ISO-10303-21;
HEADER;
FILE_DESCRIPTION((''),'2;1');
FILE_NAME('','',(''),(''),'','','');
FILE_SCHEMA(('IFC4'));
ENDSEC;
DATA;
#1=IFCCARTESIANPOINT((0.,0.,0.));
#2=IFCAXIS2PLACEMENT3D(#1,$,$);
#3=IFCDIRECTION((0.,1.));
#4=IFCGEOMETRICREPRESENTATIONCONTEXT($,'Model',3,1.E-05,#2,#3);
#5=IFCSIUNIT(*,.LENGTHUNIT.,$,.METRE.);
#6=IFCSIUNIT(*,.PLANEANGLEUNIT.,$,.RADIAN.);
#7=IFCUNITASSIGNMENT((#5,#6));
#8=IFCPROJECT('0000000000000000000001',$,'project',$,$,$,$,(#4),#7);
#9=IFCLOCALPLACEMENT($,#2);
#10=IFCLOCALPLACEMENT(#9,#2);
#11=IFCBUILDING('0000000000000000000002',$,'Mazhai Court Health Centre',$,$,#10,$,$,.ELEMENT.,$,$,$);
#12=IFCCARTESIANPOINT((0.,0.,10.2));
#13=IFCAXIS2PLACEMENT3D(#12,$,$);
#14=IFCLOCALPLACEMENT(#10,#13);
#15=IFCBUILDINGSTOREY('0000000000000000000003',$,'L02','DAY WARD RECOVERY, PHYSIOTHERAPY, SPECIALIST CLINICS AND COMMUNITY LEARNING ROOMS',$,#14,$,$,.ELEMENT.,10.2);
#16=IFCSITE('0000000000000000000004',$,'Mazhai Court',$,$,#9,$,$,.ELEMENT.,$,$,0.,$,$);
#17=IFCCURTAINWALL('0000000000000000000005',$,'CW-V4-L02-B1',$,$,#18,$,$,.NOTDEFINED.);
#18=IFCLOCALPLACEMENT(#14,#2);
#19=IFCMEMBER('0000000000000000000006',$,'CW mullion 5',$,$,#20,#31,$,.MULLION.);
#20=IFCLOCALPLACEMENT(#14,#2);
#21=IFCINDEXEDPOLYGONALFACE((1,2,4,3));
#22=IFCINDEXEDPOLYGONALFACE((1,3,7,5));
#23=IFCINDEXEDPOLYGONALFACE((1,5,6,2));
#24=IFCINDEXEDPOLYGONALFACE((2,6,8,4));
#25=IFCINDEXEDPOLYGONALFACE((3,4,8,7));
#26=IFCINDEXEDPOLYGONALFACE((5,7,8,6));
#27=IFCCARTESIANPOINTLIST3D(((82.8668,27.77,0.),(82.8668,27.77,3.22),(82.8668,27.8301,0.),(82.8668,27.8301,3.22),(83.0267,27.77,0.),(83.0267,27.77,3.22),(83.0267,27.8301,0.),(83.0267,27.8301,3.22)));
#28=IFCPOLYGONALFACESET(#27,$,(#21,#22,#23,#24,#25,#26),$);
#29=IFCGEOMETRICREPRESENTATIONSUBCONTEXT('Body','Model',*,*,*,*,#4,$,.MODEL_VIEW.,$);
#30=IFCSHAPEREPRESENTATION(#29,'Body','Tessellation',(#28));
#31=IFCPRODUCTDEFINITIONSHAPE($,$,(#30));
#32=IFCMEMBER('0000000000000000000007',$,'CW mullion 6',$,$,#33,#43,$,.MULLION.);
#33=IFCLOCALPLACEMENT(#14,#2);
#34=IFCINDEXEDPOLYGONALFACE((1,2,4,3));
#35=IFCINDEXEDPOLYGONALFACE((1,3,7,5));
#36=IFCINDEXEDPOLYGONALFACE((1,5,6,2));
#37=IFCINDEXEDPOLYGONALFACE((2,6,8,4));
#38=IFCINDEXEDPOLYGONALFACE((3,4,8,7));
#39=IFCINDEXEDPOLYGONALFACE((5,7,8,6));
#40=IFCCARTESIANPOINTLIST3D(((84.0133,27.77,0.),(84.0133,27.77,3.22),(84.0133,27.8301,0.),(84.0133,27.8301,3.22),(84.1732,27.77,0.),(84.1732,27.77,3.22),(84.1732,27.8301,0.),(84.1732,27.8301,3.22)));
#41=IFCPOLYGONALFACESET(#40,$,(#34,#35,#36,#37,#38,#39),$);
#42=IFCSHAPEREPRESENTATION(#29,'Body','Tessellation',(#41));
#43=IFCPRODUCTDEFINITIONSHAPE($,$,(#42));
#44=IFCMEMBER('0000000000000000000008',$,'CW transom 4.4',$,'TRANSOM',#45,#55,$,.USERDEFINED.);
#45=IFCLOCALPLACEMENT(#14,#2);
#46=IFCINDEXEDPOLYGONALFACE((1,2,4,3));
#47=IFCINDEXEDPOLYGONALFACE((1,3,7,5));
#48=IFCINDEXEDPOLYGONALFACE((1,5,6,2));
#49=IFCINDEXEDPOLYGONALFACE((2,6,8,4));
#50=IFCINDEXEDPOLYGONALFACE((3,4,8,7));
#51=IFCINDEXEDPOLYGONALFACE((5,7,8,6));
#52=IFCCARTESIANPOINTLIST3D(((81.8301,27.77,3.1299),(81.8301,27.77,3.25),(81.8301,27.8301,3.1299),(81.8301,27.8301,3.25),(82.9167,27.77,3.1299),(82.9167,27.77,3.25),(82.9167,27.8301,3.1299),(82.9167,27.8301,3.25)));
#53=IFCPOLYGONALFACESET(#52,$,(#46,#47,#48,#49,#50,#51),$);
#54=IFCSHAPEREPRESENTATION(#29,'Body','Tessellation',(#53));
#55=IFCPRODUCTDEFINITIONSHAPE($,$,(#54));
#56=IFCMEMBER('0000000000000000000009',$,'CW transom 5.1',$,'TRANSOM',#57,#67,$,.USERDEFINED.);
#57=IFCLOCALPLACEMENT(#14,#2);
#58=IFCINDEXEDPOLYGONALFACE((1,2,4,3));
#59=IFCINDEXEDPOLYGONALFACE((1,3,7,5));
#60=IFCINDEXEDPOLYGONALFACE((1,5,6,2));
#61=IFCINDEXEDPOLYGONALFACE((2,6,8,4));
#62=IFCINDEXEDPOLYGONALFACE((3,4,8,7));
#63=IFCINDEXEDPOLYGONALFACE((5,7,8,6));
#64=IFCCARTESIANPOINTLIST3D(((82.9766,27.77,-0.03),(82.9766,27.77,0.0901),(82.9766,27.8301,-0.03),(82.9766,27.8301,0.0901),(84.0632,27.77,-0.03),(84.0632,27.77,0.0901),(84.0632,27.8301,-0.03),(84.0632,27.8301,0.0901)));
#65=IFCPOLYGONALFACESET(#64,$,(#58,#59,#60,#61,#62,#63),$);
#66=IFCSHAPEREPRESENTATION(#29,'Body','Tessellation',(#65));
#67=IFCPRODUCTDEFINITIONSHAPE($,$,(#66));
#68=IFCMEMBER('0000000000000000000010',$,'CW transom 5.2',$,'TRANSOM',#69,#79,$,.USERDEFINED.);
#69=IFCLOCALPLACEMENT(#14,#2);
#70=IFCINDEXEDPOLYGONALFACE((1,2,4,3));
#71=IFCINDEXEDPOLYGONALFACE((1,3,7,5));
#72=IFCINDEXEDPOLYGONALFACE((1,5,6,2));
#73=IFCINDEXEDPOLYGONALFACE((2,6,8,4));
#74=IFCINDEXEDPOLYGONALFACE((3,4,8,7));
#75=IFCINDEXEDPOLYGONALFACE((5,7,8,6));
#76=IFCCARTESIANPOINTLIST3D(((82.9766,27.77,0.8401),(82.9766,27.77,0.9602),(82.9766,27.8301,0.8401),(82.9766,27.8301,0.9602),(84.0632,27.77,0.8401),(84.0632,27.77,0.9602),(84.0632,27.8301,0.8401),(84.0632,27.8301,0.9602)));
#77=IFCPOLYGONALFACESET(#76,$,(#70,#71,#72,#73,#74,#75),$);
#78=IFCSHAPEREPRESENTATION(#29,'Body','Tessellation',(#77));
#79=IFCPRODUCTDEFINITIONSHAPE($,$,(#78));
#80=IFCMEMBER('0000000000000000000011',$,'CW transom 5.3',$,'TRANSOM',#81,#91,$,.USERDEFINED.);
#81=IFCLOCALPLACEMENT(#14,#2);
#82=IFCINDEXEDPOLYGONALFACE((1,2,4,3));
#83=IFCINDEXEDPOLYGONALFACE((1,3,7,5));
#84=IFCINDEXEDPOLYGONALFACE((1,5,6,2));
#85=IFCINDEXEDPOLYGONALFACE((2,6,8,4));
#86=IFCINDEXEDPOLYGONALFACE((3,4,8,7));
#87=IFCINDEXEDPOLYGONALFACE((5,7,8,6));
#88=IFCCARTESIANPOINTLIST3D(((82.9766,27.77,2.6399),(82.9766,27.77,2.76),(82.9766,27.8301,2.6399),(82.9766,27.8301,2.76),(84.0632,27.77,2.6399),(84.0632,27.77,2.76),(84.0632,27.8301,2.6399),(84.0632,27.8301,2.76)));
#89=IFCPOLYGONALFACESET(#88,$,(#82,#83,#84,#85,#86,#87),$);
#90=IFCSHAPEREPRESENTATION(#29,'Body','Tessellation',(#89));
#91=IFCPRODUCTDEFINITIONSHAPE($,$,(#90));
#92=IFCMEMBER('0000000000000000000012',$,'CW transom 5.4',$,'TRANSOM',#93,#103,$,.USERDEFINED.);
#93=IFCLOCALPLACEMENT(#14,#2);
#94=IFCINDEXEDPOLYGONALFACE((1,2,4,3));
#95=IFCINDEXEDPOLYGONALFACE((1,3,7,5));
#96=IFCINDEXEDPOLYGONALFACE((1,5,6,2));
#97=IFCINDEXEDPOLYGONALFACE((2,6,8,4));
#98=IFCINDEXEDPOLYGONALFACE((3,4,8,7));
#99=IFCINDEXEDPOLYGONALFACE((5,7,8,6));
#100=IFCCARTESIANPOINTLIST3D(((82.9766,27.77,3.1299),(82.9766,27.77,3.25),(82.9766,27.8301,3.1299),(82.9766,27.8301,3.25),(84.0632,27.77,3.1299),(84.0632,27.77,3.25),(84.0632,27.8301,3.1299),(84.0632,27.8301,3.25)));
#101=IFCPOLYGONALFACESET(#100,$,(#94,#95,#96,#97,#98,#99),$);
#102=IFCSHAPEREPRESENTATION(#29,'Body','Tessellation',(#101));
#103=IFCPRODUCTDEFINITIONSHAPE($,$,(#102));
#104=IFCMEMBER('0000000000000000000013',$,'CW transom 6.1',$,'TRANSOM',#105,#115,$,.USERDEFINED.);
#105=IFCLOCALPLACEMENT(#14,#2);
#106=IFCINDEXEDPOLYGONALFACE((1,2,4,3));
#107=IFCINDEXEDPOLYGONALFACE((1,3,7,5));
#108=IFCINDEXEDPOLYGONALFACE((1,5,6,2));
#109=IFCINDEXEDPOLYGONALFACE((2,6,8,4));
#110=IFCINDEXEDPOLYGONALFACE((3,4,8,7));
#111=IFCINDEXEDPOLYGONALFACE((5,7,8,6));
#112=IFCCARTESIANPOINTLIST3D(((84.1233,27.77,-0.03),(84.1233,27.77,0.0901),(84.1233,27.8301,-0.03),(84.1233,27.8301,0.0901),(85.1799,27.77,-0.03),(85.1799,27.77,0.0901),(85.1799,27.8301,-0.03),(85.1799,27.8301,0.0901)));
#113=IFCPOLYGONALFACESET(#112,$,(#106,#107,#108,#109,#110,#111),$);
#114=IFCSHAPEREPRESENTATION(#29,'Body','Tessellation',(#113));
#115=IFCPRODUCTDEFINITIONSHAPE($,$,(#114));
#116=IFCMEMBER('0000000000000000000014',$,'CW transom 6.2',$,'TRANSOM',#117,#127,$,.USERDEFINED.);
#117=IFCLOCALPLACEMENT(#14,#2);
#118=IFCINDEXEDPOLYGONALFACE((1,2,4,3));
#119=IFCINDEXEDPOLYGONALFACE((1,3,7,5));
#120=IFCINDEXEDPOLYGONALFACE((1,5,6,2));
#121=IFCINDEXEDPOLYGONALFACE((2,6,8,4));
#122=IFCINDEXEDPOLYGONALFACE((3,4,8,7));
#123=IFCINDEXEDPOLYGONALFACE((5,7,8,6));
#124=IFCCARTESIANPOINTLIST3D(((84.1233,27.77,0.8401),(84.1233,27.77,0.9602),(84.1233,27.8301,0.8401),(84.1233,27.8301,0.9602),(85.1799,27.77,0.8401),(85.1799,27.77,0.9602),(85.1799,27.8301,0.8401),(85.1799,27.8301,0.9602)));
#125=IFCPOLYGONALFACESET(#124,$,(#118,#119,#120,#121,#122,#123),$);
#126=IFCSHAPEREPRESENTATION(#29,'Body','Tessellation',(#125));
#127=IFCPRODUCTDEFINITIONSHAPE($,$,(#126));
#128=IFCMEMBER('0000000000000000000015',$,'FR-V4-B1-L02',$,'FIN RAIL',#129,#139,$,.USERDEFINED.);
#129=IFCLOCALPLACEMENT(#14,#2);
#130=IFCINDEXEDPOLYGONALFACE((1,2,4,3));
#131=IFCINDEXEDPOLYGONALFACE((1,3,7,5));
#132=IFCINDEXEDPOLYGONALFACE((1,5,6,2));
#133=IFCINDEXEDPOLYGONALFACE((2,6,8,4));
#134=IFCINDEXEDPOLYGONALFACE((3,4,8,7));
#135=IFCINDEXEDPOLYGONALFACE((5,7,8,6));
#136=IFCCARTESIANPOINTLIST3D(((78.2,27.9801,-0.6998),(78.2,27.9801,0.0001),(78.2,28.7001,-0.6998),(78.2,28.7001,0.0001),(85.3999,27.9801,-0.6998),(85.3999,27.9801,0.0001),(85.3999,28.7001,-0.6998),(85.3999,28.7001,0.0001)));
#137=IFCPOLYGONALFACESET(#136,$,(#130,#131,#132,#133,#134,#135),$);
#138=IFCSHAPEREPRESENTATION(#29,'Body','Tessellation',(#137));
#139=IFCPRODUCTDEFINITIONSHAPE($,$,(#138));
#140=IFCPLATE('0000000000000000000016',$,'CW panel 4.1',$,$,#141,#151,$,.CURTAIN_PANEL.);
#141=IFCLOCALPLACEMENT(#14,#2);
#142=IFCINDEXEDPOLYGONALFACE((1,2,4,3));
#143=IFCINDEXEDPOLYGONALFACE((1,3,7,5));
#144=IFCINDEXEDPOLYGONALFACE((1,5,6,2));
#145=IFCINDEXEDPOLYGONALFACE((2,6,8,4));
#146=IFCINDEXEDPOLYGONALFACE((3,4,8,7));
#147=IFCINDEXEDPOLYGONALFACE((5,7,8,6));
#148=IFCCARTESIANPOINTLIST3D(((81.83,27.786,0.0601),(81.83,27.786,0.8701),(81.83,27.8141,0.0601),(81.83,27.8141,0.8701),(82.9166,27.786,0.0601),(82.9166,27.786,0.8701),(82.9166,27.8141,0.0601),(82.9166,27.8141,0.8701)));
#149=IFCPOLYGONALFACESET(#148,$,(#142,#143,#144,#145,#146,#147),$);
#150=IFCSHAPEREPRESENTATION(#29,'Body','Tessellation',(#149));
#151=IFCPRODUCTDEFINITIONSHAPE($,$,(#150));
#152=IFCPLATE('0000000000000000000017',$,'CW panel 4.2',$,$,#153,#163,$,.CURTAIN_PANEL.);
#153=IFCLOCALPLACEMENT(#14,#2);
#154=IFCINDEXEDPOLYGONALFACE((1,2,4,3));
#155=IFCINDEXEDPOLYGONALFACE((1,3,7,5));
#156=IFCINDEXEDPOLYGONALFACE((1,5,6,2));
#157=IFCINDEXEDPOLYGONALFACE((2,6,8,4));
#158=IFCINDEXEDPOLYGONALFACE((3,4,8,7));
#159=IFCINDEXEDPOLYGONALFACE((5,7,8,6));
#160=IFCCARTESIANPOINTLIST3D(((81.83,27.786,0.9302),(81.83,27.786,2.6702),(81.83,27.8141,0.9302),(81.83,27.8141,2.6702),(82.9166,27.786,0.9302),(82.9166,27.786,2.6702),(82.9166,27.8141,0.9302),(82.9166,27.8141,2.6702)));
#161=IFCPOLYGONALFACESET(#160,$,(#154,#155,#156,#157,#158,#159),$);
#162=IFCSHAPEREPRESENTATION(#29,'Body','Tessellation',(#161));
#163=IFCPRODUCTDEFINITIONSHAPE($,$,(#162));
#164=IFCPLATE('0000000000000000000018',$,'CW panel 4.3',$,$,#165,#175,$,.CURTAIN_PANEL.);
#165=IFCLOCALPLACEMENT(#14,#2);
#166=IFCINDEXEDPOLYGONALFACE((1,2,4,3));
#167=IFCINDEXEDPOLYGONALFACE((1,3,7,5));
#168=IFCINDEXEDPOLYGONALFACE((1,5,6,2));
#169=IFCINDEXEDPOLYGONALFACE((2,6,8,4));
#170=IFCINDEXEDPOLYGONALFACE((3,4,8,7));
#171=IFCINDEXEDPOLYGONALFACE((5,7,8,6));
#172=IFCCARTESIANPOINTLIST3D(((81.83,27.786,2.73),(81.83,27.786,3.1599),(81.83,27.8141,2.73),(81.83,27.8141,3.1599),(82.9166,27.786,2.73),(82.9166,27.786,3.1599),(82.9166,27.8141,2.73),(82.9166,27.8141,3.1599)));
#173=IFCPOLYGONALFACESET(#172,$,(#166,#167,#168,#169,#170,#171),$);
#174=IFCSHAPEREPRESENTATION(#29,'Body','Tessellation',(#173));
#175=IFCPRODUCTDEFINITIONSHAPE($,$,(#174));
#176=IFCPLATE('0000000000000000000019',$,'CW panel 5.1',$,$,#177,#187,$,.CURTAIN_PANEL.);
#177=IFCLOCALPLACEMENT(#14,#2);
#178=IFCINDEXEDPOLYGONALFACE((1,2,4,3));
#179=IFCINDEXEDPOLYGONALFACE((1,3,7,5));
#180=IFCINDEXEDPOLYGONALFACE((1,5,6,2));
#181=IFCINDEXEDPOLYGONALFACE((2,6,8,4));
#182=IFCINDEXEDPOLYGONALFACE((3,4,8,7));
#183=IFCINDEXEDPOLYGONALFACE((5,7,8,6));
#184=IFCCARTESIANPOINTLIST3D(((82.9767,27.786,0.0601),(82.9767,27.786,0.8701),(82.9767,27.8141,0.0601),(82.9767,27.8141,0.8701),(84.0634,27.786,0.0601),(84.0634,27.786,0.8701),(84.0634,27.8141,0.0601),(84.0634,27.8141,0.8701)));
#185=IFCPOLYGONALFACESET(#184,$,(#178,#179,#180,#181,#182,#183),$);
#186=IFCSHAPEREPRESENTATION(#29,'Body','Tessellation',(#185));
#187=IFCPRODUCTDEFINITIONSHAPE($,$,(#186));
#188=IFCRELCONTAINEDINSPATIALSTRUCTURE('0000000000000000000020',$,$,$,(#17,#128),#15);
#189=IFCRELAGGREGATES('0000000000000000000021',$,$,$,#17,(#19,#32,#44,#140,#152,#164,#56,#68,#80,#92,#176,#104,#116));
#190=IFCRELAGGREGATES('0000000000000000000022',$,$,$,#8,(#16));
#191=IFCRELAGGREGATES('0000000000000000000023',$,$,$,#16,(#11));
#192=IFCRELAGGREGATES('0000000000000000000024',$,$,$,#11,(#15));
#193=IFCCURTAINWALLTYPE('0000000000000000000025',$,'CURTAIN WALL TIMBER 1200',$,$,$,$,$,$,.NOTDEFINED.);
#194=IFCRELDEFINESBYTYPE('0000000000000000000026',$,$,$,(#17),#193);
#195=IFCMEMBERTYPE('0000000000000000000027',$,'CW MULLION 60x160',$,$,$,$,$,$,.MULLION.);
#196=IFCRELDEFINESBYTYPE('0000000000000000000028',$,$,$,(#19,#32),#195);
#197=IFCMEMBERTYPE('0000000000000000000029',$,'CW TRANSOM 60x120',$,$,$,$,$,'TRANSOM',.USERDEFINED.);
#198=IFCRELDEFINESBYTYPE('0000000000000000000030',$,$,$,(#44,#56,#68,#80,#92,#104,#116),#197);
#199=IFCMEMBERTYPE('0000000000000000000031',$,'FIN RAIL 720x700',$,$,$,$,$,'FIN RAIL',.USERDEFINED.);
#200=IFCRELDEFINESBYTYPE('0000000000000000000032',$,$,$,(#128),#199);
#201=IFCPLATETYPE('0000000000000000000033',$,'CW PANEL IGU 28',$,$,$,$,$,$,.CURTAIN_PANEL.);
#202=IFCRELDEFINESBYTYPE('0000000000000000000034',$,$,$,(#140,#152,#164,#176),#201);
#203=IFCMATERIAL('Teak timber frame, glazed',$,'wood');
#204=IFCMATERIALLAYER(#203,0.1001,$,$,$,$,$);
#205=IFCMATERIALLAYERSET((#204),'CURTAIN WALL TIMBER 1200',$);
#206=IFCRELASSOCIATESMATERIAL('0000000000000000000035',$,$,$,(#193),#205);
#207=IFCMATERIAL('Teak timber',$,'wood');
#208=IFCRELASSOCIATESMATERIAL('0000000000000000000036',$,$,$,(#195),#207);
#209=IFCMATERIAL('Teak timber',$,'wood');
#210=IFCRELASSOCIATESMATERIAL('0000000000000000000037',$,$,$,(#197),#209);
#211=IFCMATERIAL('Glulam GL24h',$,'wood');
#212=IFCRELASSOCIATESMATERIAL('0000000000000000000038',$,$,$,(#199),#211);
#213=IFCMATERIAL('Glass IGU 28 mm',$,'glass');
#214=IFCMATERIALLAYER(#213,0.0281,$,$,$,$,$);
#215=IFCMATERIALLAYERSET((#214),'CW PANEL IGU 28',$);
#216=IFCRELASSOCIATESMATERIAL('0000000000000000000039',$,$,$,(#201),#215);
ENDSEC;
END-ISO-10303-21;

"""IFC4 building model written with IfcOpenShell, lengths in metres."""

from ifc_helpers import new_model, si_unit, direction, frame, origin, origin_2d, place, context, subcontext, project, spatial, rectangle, extrude, material, layer, layer_set, material_profile, profile_set, type_object, element, aggregate, save


model = new_model("IFC4")

# Units and contexts
model_context = context("Model", 3, precision=1e-05, world=origin(), true_north=direction((0.0, 1.0)))
body_context = subcontext(model_context, "Body", "Model", "MODEL_VIEW")
ifc_project = project(units=[si_unit("LENGTHUNIT", "METRE"), si_unit("PLANEANGLEUNIT", "RADIAN")], contexts=[model_context])

# Site, building, storey
site_placement = place(None, origin())
site = spatial("IfcSite", under=ifc_project, at=site_placement, Name="Mazhai Court", CompositionType="ELEMENT", RefElevation=0.0)
building_placement = place(site_placement, origin())
building = spatial("IfcBuilding", under=site, at=building_placement, Name="Mazhai Court Health Centre", CompositionType="ELEMENT")
storey_placement = place(building_placement, frame((0.0, 0.0, 10.2)))
storey = spatial("IfcBuildingStorey", under=building, at=storey_placement, Name="L02", Description="DAY WARD RECOVERY, PHYSIOTHERAPY, SPECIALIST CLINICS AND COMMUNITY LEARNING ROOMS", CompositionType="ELEMENT", Elevation=10.2)

# Curtain wall, members
ifc_material_1 = material(Name="Teak timber frame, glazed", Category="wood")
ifc_layer_1 = layer(ifc_material_1, 0.1001)
ifc_layer_set_1 = layer_set([ifc_layer_1], Name="CURTAIN WALL TIMBER 1200")
curtain_wall_type = type_object("IfcCurtainWallType", Name="CURTAIN WALL TIMBER 1200", PredefinedType="NOTDEFINED", material=ifc_layer_set_1)
curtain_wall_placement = place(storey_placement, origin())
curtain_wall = element("IfcCurtainWall", 1, at=curtain_wall_placement, inside=storey, type_object=curtain_wall_type, Name="CW-V4-L02-B1", PredefinedType="NOTDEFINED")
ifc_material_2 = material(Name="Teak timber", Category="wood")
ifc_material_profile_1 = material_profile(ifc_material_2, rectangle(XDim=0.0601, YDim=0.1599, at=origin_2d()), Name="CW MULLION 60x160")
ifc_profile_set_1 = profile_set([ifc_material_profile_1], Name="Teak timber")
member_type_1 = type_object("IfcMemberType", Name="CW MULLION 60x160", PredefinedType="MULLION", material=ifc_profile_set_1)
member_1_placement = place(storey_placement, frame((82.9468, 27.8, 0.0), z_axis=(0.0, 0.0, 1.0), x_axis=(0.0, 1.0, 0.0)))
member_1 = element("IfcMember", 2, at=member_1_placement, type_object=member_type_1, Name="CW mullion 5", PredefinedType="MULLION", context=body_context, shape_type="SweptSolid", body=[
    extrude(rectangle(XDim=0.0601, YDim=0.1599, at=origin_2d()), origin(), (0.0, 0.0, 1.0), 3.22),
])
member_2_placement = place(storey_placement, frame((84.0933, 27.8, 0.0), z_axis=(0.0, 0.0, 1.0), x_axis=(0.0, 1.0, 0.0)))
member_2 = element("IfcMember", 3, at=member_2_placement, type_object=member_type_1, Name="CW mullion 6", PredefinedType="MULLION", context=body_context, shape_type="SweptSolid", body=[
    extrude(rectangle(XDim=0.0601, YDim=0.1599, at=origin_2d()), origin(), (0.0, 0.0, 1.0), 3.22),
])
ifc_material_3 = material(Name="Teak timber", Category="wood")
ifc_material_profile_2 = material_profile(ifc_material_3, rectangle(XDim=0.0601, YDim=0.1201, at=origin_2d()), Name="CW TRANSOM 60x120")
ifc_profile_set_2 = profile_set([ifc_material_profile_2], Name="Teak timber")
member_type_2 = type_object("IfcMemberType", Name="CW TRANSOM 60x120", ElementType="TRANSOM", PredefinedType="USERDEFINED", material=ifc_profile_set_2)
member_3_placement = place(storey_placement, frame((81.8301, 27.8, 3.1899), z_axis=(1.0, 0.0, 0.0), x_axis=(0.0, 1.0, 0.0)))
member_3 = element("IfcMember", 4, at=member_3_placement, type_object=member_type_2, Name="CW transom 4.4", ObjectType="TRANSOM", PredefinedType="USERDEFINED", context=body_context, shape_type="SweptSolid", body=[
    extrude(rectangle(XDim=0.0601, YDim=0.1201, at=origin_2d()), origin(), (0.0, 0.0, 1.0), 1.0867),
])
member_4_placement = place(storey_placement, frame((82.9766, 27.8, 0.03), z_axis=(1.0, 0.0, 0.0), x_axis=(0.0, 1.0, 0.0)))
member_4 = element("IfcMember", 5, at=member_4_placement, type_object=member_type_2, Name="CW transom 5.1", ObjectType="TRANSOM", PredefinedType="USERDEFINED", context=body_context, shape_type="SweptSolid", body=[
    extrude(rectangle(XDim=0.0601, YDim=0.1201, at=origin_2d()), origin(), (0.0, 0.0, 1.0), 1.0867),
])
member_5_placement = place(storey_placement, frame((82.9766, 27.8, 0.9001), z_axis=(1.0, 0.0, 0.0), x_axis=(0.0, 1.0, 0.0)))
member_5 = element("IfcMember", 6, at=member_5_placement, type_object=member_type_2, Name="CW transom 5.2", ObjectType="TRANSOM", PredefinedType="USERDEFINED", context=body_context, shape_type="SweptSolid", body=[
    extrude(rectangle(XDim=0.0601, YDim=0.1201, at=origin_2d()), origin(), (0.0, 0.0, 1.0), 1.0867),
])
member_6_placement = place(storey_placement, frame((82.9766, 27.8, 2.7), z_axis=(1.0, 0.0, 0.0), x_axis=(0.0, 1.0, 0.0)))
member_6 = element("IfcMember", 7, at=member_6_placement, type_object=member_type_2, Name="CW transom 5.3", ObjectType="TRANSOM", PredefinedType="USERDEFINED", context=body_context, shape_type="SweptSolid", body=[
    extrude(rectangle(XDim=0.0601, YDim=0.1201, at=origin_2d()), origin(), (0.0, 0.0, 1.0), 1.0867),
])
member_7_placement = place(storey_placement, frame((82.9766, 27.8, 3.1899), z_axis=(1.0, 0.0, 0.0), x_axis=(0.0, 1.0, 0.0)))
member_7 = element("IfcMember", 8, at=member_7_placement, type_object=member_type_2, Name="CW transom 5.4", ObjectType="TRANSOM", PredefinedType="USERDEFINED", context=body_context, shape_type="SweptSolid", body=[
    extrude(rectangle(XDim=0.0601, YDim=0.1201, at=origin_2d()), origin(), (0.0, 0.0, 1.0), 1.0867),
])
member_8_placement = place(storey_placement, frame((84.1233, 27.8, 0.03), z_axis=(1.0, 0.0, 0.0), x_axis=(0.0, 1.0, 0.0)))
member_8 = element("IfcMember", 9, at=member_8_placement, type_object=member_type_2, Name="CW transom 6.1", ObjectType="TRANSOM", PredefinedType="USERDEFINED", context=body_context, shape_type="SweptSolid", body=[
    extrude(rectangle(XDim=0.0601, YDim=0.1201, at=origin_2d()), origin(), (0.0, 0.0, 1.0), 1.0566),
])
member_9_placement = place(storey_placement, frame((84.1233, 27.8, 0.9001), z_axis=(1.0, 0.0, 0.0), x_axis=(0.0, 1.0, 0.0)))
member_9 = element("IfcMember", 10, at=member_9_placement, type_object=member_type_2, Name="CW transom 6.2", ObjectType="TRANSOM", PredefinedType="USERDEFINED", context=body_context, shape_type="SweptSolid", body=[
    extrude(rectangle(XDim=0.0601, YDim=0.1201, at=origin_2d()), origin(), (0.0, 0.0, 1.0), 1.0566),
])

# Member
ifc_material_4 = material(Name="Glulam GL24h", Category="wood")
ifc_material_profile_3 = material_profile(ifc_material_4, rectangle(XDim=0.72, YDim=0.7, at=origin_2d()), Name="FIN RAIL 720x700")
ifc_profile_set_3 = profile_set([ifc_material_profile_3], Name="Glulam GL24h")
member_type_3 = type_object("IfcMemberType", Name="FIN RAIL 720x700", ElementType="FIN RAIL", PredefinedType="USERDEFINED", material=ifc_profile_set_3)
member_10_placement = place(storey_placement, frame((78.2, 28.3401, -0.3499), z_axis=(1.0, 0.0, 0.0), x_axis=(0.0, 1.0, 0.0)))
element("IfcMember", 11, at=member_10_placement, inside=storey, type_object=member_type_3, Name="FR-V4-B1-L02", ObjectType="FIN RAIL", PredefinedType="USERDEFINED", context=body_context, shape_type="SweptSolid", body=[
    extrude(rectangle(XDim=0.72, YDim=0.7, at=origin_2d()), origin(), (0.0, 0.0, 1.0), 7.2),
])

# Plates
ifc_material_5 = material(Name="Glass IGU 28 mm", Category="glass")
ifc_layer_2 = layer(ifc_material_5, 0.0281)
ifc_layer_set_2 = layer_set([ifc_layer_2], Name="CW PANEL IGU 28")
plate_type = type_object("IfcPlateType", Name="CW PANEL IGU 28", PredefinedType="CURTAIN_PANEL", material=ifc_layer_set_2)
plate_1_placement = place(storey_placement, frame((82.3733, 27.8, 0.0601), z_axis=(0.0, 0.0, 1.0), x_axis=(1.0, 0.0, 0.0)))
plate_1 = element("IfcPlate", 12, at=plate_1_placement, type_object=plate_type, Name="CW panel 4.1", PredefinedType="CURTAIN_PANEL", context=body_context, shape_type="SweptSolid", body=[
    extrude(rectangle(XDim=1.0867, YDim=0.0281, at=origin_2d()), origin(), (0.0, 0.0, 1.0), 0.8101),
])
plate_2_placement = place(storey_placement, frame((82.3733, 27.8, 0.9302), z_axis=(0.0, 0.0, 1.0), x_axis=(1.0, 0.0, 0.0)))
plate_2 = element("IfcPlate", 13, at=plate_2_placement, type_object=plate_type, Name="CW panel 4.2", PredefinedType="CURTAIN_PANEL", context=body_context, shape_type="SweptSolid", body=[
    extrude(rectangle(XDim=1.0867, YDim=0.0281, at=origin_2d()), origin(), (0.0, 0.0, 1.0), 1.74),
])
plate_3_placement = place(storey_placement, frame((82.3733, 27.8, 2.73), z_axis=(0.0, 0.0, 1.0), x_axis=(1.0, 0.0, 0.0)))
plate_3 = element("IfcPlate", 14, at=plate_3_placement, type_object=plate_type, Name="CW panel 4.3", PredefinedType="CURTAIN_PANEL", context=body_context, shape_type="SweptSolid", body=[
    extrude(rectangle(XDim=1.0867, YDim=0.0281, at=origin_2d()), origin(), (0.0, 0.0, 1.0), 0.4299),
])
plate_4_placement = place(storey_placement, frame((83.52, 27.8, 0.0601), z_axis=(0.0, 0.0, 1.0), x_axis=(1.0, 0.0, 0.0)))
plate_4 = element("IfcPlate", 15, at=plate_4_placement, type_object=plate_type, Name="CW panel 5.1", PredefinedType="CURTAIN_PANEL", context=body_context, shape_type="SweptSolid", body=[
    extrude(rectangle(XDim=1.0867, YDim=0.0281, at=origin_2d()), origin(), (0.0, 0.0, 1.0), 0.8101),
])
aggregate(curtain_wall, [member_1, member_2, member_3, plate_1, plate_2, plate_3, member_4, member_5, member_6, member_7, plate_4, member_8, member_9])

save(model, "model.ifc")
